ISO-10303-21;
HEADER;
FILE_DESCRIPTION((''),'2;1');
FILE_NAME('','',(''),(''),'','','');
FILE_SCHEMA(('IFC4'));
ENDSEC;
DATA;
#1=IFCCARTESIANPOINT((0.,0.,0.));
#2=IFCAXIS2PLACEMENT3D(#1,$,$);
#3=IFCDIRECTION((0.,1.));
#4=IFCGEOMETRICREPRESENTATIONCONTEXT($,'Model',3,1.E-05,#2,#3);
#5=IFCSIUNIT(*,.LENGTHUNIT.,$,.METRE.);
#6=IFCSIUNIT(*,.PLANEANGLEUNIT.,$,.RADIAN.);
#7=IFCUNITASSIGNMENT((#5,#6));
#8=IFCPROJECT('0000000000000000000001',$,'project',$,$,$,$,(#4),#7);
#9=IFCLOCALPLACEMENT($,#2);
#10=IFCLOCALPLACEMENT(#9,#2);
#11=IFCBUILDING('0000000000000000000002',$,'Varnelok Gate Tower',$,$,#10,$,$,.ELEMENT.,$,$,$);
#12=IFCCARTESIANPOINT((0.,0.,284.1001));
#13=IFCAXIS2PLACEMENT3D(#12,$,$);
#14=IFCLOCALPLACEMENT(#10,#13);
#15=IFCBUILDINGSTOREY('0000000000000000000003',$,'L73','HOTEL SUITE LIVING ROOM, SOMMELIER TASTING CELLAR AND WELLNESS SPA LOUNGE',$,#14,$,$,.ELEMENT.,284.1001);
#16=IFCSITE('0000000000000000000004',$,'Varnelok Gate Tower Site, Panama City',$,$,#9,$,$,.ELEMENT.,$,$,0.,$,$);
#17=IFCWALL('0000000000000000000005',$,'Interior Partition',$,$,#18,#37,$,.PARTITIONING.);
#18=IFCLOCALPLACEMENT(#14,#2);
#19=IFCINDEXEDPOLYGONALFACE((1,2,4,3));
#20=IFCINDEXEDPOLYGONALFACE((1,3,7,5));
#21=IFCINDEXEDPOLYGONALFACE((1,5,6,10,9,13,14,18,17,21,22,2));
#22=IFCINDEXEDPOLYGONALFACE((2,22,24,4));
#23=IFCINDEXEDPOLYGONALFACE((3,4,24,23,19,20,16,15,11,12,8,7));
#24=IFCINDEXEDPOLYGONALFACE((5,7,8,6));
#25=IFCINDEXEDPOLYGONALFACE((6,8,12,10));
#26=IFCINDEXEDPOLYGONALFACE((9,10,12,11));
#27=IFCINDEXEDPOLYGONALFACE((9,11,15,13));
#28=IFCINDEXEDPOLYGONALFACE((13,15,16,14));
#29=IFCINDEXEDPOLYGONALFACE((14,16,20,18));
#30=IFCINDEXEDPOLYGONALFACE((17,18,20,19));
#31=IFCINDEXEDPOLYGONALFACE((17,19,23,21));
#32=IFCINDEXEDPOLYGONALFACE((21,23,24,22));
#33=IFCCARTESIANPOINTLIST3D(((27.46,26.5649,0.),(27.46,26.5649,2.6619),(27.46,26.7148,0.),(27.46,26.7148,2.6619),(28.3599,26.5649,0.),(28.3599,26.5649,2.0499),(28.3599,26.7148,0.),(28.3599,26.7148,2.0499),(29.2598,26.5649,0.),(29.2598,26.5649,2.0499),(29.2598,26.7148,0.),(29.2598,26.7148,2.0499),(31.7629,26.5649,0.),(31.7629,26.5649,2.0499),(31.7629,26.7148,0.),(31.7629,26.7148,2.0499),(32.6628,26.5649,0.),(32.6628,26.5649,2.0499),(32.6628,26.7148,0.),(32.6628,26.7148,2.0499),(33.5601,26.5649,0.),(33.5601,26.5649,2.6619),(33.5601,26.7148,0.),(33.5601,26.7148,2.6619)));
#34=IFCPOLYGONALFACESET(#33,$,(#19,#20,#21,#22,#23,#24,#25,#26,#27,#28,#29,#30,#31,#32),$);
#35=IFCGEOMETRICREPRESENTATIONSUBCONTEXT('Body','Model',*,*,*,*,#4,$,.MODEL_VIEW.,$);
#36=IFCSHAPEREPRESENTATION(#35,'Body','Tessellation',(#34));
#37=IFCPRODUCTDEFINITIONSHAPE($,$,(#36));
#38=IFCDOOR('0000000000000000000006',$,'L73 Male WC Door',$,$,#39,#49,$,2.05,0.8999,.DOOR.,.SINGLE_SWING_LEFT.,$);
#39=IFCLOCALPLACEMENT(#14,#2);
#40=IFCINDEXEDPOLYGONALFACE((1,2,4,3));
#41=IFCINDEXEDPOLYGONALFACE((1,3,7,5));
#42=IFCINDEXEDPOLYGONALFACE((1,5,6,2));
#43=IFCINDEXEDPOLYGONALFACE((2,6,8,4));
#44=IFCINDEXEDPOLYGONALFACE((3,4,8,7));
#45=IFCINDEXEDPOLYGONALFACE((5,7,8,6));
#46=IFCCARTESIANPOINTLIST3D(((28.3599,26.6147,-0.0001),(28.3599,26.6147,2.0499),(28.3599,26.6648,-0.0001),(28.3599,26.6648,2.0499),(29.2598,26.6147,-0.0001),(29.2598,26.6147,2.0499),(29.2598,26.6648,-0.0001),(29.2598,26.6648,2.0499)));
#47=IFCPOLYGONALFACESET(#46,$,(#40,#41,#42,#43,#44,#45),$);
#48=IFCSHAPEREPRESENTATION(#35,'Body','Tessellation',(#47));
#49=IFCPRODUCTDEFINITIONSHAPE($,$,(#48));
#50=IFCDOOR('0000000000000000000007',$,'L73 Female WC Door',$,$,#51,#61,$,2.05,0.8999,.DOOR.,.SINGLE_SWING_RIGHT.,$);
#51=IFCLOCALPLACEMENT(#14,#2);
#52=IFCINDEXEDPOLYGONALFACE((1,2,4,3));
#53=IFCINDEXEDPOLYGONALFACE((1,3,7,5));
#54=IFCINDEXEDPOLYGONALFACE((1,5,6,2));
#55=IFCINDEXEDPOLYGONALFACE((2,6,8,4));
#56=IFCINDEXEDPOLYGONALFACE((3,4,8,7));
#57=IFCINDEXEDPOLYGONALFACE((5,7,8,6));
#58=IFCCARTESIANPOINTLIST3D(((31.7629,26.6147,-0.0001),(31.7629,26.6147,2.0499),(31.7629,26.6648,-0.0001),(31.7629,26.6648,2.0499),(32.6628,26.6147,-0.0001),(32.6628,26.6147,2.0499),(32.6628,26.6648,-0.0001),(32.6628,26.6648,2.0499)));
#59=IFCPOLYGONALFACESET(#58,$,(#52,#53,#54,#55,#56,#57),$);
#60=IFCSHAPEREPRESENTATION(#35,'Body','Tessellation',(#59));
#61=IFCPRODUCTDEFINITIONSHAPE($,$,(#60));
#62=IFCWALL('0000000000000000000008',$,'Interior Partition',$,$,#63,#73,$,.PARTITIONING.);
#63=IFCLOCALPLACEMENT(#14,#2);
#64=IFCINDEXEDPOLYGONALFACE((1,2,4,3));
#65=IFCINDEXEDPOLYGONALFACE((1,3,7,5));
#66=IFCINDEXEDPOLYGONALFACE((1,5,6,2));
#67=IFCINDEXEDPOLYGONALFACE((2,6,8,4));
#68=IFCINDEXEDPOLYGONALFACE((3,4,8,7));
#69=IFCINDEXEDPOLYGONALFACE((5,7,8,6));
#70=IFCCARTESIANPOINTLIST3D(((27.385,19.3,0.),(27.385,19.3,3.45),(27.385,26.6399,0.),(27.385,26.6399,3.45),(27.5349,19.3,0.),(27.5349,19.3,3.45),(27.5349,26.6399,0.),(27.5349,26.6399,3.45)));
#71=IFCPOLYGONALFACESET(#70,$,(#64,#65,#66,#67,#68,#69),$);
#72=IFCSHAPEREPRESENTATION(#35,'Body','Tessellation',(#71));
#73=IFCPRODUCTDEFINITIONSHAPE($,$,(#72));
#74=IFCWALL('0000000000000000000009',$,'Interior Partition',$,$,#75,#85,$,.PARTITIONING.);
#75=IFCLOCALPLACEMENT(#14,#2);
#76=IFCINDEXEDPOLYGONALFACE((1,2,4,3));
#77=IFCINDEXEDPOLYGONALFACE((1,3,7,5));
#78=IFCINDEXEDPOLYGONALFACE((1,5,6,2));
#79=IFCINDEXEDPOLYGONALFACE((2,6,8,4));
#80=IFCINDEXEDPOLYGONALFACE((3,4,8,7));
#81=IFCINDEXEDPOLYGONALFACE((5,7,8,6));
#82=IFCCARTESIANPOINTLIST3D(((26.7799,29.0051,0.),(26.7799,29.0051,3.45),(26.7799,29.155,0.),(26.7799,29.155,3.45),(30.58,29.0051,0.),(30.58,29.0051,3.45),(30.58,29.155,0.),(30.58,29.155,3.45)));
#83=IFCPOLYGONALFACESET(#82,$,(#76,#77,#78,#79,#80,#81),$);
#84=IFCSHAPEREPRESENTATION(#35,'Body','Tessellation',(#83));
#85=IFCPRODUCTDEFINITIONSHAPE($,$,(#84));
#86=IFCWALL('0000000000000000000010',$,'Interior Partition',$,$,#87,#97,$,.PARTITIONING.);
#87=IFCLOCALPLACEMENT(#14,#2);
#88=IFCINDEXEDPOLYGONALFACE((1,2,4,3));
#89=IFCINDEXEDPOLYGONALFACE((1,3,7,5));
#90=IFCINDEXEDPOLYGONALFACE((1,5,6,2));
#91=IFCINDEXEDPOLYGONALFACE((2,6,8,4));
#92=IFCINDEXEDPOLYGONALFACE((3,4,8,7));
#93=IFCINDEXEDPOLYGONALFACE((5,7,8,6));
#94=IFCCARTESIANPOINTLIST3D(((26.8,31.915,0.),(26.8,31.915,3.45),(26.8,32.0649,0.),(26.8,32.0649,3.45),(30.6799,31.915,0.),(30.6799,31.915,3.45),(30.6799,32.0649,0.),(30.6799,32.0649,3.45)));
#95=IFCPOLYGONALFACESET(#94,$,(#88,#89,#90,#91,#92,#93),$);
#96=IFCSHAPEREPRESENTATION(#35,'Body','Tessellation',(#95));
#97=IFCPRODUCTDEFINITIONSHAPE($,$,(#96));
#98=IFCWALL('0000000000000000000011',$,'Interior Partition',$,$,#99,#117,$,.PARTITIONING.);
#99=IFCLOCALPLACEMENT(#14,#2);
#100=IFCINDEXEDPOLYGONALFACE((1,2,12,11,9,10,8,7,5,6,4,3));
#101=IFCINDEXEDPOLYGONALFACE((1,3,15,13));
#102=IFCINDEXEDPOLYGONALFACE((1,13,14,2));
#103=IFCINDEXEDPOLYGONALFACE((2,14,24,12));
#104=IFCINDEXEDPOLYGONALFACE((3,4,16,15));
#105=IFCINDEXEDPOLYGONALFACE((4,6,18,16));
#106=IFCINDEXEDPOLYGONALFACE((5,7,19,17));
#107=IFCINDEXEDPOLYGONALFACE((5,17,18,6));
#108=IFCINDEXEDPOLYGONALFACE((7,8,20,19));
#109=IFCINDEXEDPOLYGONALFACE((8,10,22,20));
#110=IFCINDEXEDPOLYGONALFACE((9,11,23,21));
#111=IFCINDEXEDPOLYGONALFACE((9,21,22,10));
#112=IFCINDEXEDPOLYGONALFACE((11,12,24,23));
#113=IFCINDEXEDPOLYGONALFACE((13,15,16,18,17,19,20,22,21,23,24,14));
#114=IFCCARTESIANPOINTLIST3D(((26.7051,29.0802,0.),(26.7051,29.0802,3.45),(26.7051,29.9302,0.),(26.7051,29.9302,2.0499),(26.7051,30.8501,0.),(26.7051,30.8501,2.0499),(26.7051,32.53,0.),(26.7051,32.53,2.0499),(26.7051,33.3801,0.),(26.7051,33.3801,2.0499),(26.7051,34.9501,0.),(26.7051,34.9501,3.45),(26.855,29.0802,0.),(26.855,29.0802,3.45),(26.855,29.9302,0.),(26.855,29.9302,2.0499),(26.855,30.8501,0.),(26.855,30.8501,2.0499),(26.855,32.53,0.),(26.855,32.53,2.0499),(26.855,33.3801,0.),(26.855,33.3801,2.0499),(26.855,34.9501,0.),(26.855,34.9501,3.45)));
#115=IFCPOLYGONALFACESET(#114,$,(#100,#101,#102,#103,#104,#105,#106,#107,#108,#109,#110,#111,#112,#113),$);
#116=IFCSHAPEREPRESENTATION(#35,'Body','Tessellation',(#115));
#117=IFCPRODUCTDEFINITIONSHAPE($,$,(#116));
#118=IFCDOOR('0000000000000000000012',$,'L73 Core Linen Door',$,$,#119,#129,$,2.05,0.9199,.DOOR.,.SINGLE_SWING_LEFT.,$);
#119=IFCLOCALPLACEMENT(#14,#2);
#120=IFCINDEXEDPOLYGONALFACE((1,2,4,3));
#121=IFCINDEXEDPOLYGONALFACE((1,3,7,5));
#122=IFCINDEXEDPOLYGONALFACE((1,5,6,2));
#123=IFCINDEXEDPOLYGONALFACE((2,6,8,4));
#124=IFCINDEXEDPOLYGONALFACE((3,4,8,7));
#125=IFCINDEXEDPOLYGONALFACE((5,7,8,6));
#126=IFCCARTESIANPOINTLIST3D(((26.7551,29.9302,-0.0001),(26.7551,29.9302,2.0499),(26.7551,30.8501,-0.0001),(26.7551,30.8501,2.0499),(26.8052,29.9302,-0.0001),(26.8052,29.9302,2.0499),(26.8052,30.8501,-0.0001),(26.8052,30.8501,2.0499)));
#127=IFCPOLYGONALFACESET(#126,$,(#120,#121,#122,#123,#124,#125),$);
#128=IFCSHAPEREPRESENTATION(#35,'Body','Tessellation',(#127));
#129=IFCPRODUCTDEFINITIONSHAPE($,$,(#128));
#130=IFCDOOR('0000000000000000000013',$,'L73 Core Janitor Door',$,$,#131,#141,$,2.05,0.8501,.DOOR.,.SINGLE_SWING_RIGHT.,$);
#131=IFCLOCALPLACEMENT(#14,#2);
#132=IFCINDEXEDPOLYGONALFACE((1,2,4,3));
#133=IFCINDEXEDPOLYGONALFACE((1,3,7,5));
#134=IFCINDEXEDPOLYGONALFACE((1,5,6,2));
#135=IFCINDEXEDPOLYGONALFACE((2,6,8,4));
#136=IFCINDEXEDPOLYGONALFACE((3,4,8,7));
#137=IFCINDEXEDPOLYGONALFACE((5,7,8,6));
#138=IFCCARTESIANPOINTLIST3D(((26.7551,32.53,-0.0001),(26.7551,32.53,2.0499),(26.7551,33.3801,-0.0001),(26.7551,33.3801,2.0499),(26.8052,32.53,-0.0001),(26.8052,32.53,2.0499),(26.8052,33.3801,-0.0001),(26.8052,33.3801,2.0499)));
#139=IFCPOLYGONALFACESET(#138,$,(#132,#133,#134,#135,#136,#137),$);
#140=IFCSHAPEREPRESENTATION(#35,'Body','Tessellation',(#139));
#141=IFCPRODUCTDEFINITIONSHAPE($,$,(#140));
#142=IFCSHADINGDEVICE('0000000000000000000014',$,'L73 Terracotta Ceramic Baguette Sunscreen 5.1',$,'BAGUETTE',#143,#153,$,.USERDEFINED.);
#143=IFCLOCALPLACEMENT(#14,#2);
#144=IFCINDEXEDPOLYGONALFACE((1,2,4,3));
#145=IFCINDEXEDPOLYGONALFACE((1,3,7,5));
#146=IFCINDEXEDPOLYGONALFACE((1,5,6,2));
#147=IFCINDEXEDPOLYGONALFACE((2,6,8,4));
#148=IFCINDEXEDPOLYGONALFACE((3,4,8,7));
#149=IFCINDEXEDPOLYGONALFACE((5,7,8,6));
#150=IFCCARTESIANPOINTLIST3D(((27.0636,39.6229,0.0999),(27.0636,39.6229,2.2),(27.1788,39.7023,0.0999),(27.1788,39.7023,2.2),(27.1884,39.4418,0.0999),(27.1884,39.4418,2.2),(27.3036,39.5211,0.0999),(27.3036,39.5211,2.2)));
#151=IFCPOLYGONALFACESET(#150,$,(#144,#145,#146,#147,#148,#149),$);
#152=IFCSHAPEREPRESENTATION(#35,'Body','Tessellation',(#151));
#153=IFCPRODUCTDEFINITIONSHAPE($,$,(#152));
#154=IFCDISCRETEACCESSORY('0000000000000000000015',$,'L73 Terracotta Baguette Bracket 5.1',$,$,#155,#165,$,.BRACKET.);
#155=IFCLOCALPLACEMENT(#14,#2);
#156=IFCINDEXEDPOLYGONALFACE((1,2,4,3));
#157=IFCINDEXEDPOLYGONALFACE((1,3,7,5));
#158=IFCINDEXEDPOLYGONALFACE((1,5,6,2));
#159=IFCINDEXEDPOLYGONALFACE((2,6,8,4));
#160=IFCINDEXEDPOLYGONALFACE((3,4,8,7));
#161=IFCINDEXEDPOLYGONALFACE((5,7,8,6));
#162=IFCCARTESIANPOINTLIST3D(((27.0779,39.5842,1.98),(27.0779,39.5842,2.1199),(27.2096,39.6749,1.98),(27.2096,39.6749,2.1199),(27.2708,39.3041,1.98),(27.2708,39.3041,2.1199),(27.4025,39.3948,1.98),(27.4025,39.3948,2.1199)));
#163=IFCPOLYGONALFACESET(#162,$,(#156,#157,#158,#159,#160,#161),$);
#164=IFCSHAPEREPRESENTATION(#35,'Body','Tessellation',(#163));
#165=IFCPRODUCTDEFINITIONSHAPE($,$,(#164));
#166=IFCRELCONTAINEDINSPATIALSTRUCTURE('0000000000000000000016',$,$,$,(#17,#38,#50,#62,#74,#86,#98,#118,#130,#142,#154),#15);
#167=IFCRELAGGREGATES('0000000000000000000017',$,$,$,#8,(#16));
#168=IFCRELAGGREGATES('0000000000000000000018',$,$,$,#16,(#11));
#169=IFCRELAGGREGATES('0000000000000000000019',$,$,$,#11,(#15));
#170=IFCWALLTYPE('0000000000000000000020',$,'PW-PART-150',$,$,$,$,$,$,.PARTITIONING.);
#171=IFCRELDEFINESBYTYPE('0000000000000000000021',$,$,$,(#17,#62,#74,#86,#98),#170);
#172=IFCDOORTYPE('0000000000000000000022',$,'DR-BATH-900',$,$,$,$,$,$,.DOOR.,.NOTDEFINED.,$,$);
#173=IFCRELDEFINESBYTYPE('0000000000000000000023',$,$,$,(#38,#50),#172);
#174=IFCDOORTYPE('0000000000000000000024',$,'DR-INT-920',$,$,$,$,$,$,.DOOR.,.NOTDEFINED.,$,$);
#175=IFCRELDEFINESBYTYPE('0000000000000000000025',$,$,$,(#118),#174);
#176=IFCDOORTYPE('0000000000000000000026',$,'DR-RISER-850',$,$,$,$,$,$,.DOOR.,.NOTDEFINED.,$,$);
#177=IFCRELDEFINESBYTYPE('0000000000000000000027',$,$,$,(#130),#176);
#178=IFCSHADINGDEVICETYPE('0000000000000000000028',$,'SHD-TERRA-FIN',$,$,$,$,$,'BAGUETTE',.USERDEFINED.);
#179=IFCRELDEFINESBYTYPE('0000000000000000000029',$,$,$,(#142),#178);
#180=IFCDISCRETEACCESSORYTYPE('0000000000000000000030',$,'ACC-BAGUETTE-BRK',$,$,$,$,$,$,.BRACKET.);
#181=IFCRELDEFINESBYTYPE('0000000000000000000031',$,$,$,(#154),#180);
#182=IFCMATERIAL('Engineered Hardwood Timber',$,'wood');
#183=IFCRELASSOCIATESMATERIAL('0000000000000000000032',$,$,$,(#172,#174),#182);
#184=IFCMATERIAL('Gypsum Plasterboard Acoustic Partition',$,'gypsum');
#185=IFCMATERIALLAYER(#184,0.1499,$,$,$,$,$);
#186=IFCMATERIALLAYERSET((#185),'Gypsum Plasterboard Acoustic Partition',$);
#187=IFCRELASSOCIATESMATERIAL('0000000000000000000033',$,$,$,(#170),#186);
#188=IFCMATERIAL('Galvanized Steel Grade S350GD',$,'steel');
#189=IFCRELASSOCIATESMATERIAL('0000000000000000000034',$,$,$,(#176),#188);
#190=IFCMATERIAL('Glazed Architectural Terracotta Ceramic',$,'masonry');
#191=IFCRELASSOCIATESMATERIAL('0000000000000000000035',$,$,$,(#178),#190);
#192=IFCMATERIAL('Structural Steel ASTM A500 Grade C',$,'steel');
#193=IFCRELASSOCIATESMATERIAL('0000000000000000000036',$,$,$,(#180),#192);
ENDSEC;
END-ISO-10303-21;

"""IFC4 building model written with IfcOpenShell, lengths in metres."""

from ifc_helpers import new_model, si_unit, direction, frame, frame_2d, origin, origin_2d, place, context, subcontext, project, spatial, rectangle, extrude, source, transform, mapped, material, layer, layer_set, type_object, element, fill, save


model = new_model("IFC4")

# Units and contexts
model_context = context("Model", 3, precision=1e-05, world=origin(), true_north=direction((0.0, 1.0)))
body_context = subcontext(model_context, "Body", "Model", "MODEL_VIEW")
ifc_project = project(units=[si_unit("LENGTHUNIT", "METRE"), si_unit("PLANEANGLEUNIT", "RADIAN")], contexts=[model_context])

# Site, building, storey
site_placement = place(None, origin())
site = spatial("IfcSite", under=ifc_project, at=site_placement, Name="Varnelok Gate Tower Site, Panama City", CompositionType="ELEMENT", RefElevation=0.0)
building_placement = place(site_placement, origin())
building = spatial("IfcBuilding", under=site, at=building_placement, Name="Varnelok Gate Tower", CompositionType="ELEMENT")
storey_placement = place(building_placement, frame((0.0, 0.0, 284.1001)))
storey = spatial("IfcBuildingStorey", under=building, at=storey_placement, Name="L73", Description="HOTEL SUITE LIVING ROOM, SOMMELIER TASTING CELLAR AND WELLNESS SPA LOUNGE", CompositionType="ELEMENT", Elevation=284.1001)

# Shared definitions
ifc_material_1 = material(Name="Gypsum Plasterboard Acoustic Partition", Category="gypsum")

# Shared definitions
ifc_material_2 = material(Name="Engineered Hardwood Timber", Category="wood")
door_type_1 = type_object("IfcDoorType", Name="DR-BATH-900", OperationType="NOTDEFINED", PredefinedType="DOOR", material=ifc_material_2)

# Wall, openings, doors
ifc_layer_1 = layer(ifc_material_1, 0.1499)
ifc_layer_set_1 = layer_set([ifc_layer_1], Name="Gypsum Plasterboard Acoustic Partition")
wall_type_1 = type_object("IfcWallType", Name="PW-PART-150", PredefinedType="PARTITIONING", material=ifc_layer_set_1)
wall_1_placement = place(storey_placement, frame((27.46, 26.6399, 0.0), z_axis=(0.0, 0.0, 1.0), x_axis=(1.0, 0.0, 0.0)))
wall_1 = element("IfcWall", 1, at=wall_1_placement, inside=storey, type_object=wall_type_1, Name="Interior Partition", PredefinedType="PARTITIONING", context=body_context, shape_type="SweptSolid", body=[
    extrude(rectangle(XDim=6.1001, YDim=0.1499, at=frame_2d((3.05, 0.0))), origin(), (0.0, 0.0, 1.0), 2.6619),
])
opening_1_placement = place(wall_1_placement, frame((0.8999, 0.0, 0.0)))
opening_1 = element("IfcOpeningElement", 2, at=opening_1_placement, cuts=wall_1, PredefinedType="OPENING", context=body_context, shape_type="SweptSolid", body=[
    extrude(rectangle(XDim=0.8999, YDim=2.05, at=frame_2d((0.45, 1.0249))), frame((0.0, 0.085, 0.0), z_axis=(0.0, -1.0, 0.0), x_axis=(1.0, 0.0, 0.0)), (0.0, 0.0, 1.0), 0.1699),
])
opening_2_placement = place(wall_1_placement, frame((4.303, 0.0, 0.0)))
opening_2 = element("IfcOpeningElement", 3, at=opening_2_placement, cuts=wall_1, PredefinedType="OPENING", context=body_context, shape_type="SweptSolid", body=[
    extrude(rectangle(XDim=0.8999, YDim=2.05, at=frame_2d((0.45, 1.0249))), frame((0.0, 0.085, 0.0), z_axis=(0.0, -1.0, 0.0), x_axis=(1.0, 0.0, 0.0)), (0.0, 0.0, 1.0), 0.1699),
])
door_1_placement = place(opening_1_placement, origin())
door_1 = element("IfcDoor", 4, at=door_1_placement, inside=storey, type_object=door_type_1, Name="L73 Male WC Door", OperationType="SINGLE_SWING_LEFT", OverallHeight=2.05, OverallWidth=0.8999, PredefinedType="DOOR", context=body_context, shape_type="SweptSolid", body=[
    extrude(rectangle(XDim=0.8999, YDim=2.05, at=frame_2d((0.45, 1.0249))), frame((0.0, 0.0249, 0.0), z_axis=(0.0, -1.0, 0.0), x_axis=(1.0, 0.0, 0.0)), (0.0, 0.0, 1.0), 0.05),
])
fill(opening_1, door_1)
door_2_placement = place(opening_2_placement, origin())
door_2 = element("IfcDoor", 5, at=door_2_placement, inside=storey, type_object=door_type_1, Name="L73 Female WC Door", OperationType="SINGLE_SWING_RIGHT", OverallHeight=2.05, OverallWidth=0.8999, PredefinedType="DOOR", context=body_context, shape_type="SweptSolid", body=[
    extrude(rectangle(XDim=0.8999, YDim=2.05, at=frame_2d((0.45, 1.0249))), frame((0.0, 0.0249, 0.0), z_axis=(0.0, -1.0, 0.0), x_axis=(1.0, 0.0, 0.0)), (0.0, 0.0, 1.0), 0.05),
])
fill(opening_2, door_2)

# Walls
wall_2_placement = place(storey_placement, frame((27.46, 19.3, 0.0), z_axis=(0.0, 0.0, 1.0), x_axis=(0.0, 1.0, 0.0)))
element("IfcWall", 6, at=wall_2_placement, inside=storey, type_object=wall_type_1, Name="Interior Partition", PredefinedType="PARTITIONING", context=body_context, shape_type="SweptSolid", body=[
    extrude(rectangle(XDim=7.3398, YDim=0.1499, at=frame_2d((3.6699, 0.0))), origin(), (0.0, 0.0, 1.0), 3.45),
])
wall_3_placement = place(storey_placement, frame((26.78, 29.0801, 0.0), z_axis=(0.0, 0.0, 1.0), x_axis=(1.0, 0.0, 0.0)))
element("IfcWall", 7, at=wall_3_placement, inside=storey, type_object=wall_type_1, Name="Interior Partition", PredefinedType="PARTITIONING", context=body_context, shape_type="SweptSolid", body=[
    extrude(rectangle(XDim=3.8, YDim=0.1499, at=frame_2d((1.8999, 0.0))), origin(), (0.0, 0.0, 1.0), 3.45),
])
wall_4_placement = place(storey_placement, frame((26.8, 31.99, 0.0), z_axis=(0.0, 0.0, 1.0), x_axis=(1.0, 0.0, 0.0)))
element("IfcWall", 8, at=wall_4_placement, inside=storey, type_object=wall_type_1, Name="Interior Partition", PredefinedType="PARTITIONING", context=body_context, shape_type="SweptSolid", body=[
    extrude(rectangle(XDim=3.8799, YDim=0.1499, at=frame_2d((1.9399, 0.0))), origin(), (0.0, 0.0, 1.0), 3.45),
])

# Wall, openings, doors
wall_5_placement = place(storey_placement, frame((26.78, 29.0801, 0.0), z_axis=(0.0, 0.0, 1.0), x_axis=(0.0, 1.0, 0.0)))
wall_5 = element("IfcWall", 9, at=wall_5_placement, inside=storey, type_object=wall_type_1, Name="Interior Partition", PredefinedType="PARTITIONING", context=body_context, shape_type="SweptSolid", body=[
    extrude(rectangle(XDim=5.8699, YDim=0.1499, at=frame_2d((2.9351, 0.0))), origin(), (0.0, 0.0, 1.0), 3.45),
])
opening_3_placement = place(wall_5_placement, frame((0.8501, 0.0, 0.0)))
opening_3 = element("IfcOpeningElement", 10, at=opening_3_placement, cuts=wall_5, PredefinedType="OPENING", context=body_context, shape_type="SweptSolid", body=[
    extrude(rectangle(XDim=0.9199, YDim=2.05, at=frame_2d((0.46, 1.0249))), frame((0.0, 0.085, 0.0), z_axis=(0.0, -1.0, 0.0), x_axis=(1.0, 0.0, 0.0)), (0.0, 0.0, 1.0), 0.1699),
])
opening_4_placement = place(wall_5_placement, frame((3.45, 0.0, 0.0)))
opening_4 = element("IfcOpeningElement", 11, at=opening_4_placement, cuts=wall_5, PredefinedType="OPENING", context=body_context, shape_type="SweptSolid", body=[
    extrude(rectangle(XDim=0.8501, YDim=2.05, at=frame_2d((0.425, 1.0249))), frame((0.0, 0.085, 0.0), z_axis=(0.0, -1.0, 0.0), x_axis=(1.0, 0.0, 0.0)), (0.0, 0.0, 1.0), 0.1699),
])
door_type_2 = type_object("IfcDoorType", Name="DR-INT-920", OperationType="NOTDEFINED", PredefinedType="DOOR", material=ifc_material_2)
door_3_placement = place(opening_3_placement, origin())
door_3 = element("IfcDoor", 12, at=door_3_placement, inside=storey, type_object=door_type_2, Name="L73 Core Linen Door", OperationType="SINGLE_SWING_LEFT", OverallHeight=2.05, OverallWidth=0.9199, PredefinedType="DOOR", context=body_context, shape_type="SweptSolid", body=[
    extrude(rectangle(XDim=0.9199, YDim=2.05, at=frame_2d((0.46, 1.0249))), frame((0.0, 0.0249, 0.0), z_axis=(0.0, -1.0, 0.0), x_axis=(1.0, 0.0, 0.0)), (0.0, 0.0, 1.0), 0.05),
])
fill(opening_3, door_3)
ifc_material_3 = material(Name="Galvanized Steel Grade S350GD", Category="steel")
door_type_3 = type_object("IfcDoorType", Name="DR-RISER-850", OperationType="NOTDEFINED", PredefinedType="DOOR", material=ifc_material_3)
door_4_placement = place(opening_4_placement, origin())
door_4 = element("IfcDoor", 13, at=door_4_placement, inside=storey, type_object=door_type_3, Name="L73 Core Janitor Door", OperationType="SINGLE_SWING_RIGHT", OverallHeight=2.05, OverallWidth=0.8501, PredefinedType="DOOR", context=body_context, shape_type="SweptSolid", body=[
    extrude(rectangle(XDim=0.8501, YDim=2.05, at=frame_2d((0.425, 1.0249))), frame((0.0, 0.0249, 0.0), z_axis=(0.0, -1.0, 0.0), x_axis=(1.0, 0.0, 0.0)), (0.0, 0.0, 1.0), 0.05),
])
fill(opening_4, door_4)

# Shading device
ifc_material_4 = material(Name="Glazed Architectural Terracotta Ceramic", Category="masonry")
shading_device_type = type_object("IfcShadingDeviceType", Name="SHD-TERRA-FIN", ElementType="BAGUETTE", PredefinedType="USERDEFINED", material=ifc_material_4)
shared_shape_1 = source(origin(), body_context, "Body", "SweptSolid", [
    extrude(rectangle(XDim=0.1399, YDim=0.22, at=origin_2d()), origin(), (0.0, 0.0, 1.0), 2.1001),
])
shading_device_placement = place(storey_placement, frame((27.1836, 39.572, 0.0999), z_axis=(0.0, 0.0, 1.0), x_axis=(0.823533, 0.567269, 0.0)))
element("IfcShadingDevice", 14, at=shading_device_placement, inside=storey, type_object=shading_device_type, Name="L73 Terracotta Ceramic Baguette Sunscreen 5.1", ObjectType="BAGUETTE", PredefinedType="USERDEFINED", context=body_context, shape_type="MappedRepresentation", body=[
    mapped(shared_shape_1, transform((0.0, 0.0, 0.0), scale=1.0)),
])

# Discrete accessory
ifc_material_5 = material(Name="Structural Steel ASTM A500 Grade C", Category="steel")
discrete_accessory_type = type_object("IfcDiscreteAccessoryType", Name="ACC-BAGUETTE-BRK", PredefinedType="BRACKET", material=ifc_material_5)
shared_shape_2 = source(origin(), body_context, "Body", "SweptSolid", [
    extrude(rectangle(XDim=0.1599, YDim=0.3401, at=origin_2d()), origin(), (0.0, 0.0, 1.0), 0.1399),
])
discrete_accessory_placement = place(storey_placement, frame((27.2402, 39.4895, 1.98), z_axis=(0.0, 0.0, 1.0), x_axis=(0.823533, 0.567269, 0.0)))
element("IfcDiscreteAccessory", 15, at=discrete_accessory_placement, inside=storey, type_object=discrete_accessory_type, Name="L73 Terracotta Baguette Bracket 5.1", PredefinedType="BRACKET", context=body_context, shape_type="MappedRepresentation", body=[
    mapped(shared_shape_2, transform((0.0, 0.0, 0.0), scale=1.0)),
])

save(model, "model.ifc")
